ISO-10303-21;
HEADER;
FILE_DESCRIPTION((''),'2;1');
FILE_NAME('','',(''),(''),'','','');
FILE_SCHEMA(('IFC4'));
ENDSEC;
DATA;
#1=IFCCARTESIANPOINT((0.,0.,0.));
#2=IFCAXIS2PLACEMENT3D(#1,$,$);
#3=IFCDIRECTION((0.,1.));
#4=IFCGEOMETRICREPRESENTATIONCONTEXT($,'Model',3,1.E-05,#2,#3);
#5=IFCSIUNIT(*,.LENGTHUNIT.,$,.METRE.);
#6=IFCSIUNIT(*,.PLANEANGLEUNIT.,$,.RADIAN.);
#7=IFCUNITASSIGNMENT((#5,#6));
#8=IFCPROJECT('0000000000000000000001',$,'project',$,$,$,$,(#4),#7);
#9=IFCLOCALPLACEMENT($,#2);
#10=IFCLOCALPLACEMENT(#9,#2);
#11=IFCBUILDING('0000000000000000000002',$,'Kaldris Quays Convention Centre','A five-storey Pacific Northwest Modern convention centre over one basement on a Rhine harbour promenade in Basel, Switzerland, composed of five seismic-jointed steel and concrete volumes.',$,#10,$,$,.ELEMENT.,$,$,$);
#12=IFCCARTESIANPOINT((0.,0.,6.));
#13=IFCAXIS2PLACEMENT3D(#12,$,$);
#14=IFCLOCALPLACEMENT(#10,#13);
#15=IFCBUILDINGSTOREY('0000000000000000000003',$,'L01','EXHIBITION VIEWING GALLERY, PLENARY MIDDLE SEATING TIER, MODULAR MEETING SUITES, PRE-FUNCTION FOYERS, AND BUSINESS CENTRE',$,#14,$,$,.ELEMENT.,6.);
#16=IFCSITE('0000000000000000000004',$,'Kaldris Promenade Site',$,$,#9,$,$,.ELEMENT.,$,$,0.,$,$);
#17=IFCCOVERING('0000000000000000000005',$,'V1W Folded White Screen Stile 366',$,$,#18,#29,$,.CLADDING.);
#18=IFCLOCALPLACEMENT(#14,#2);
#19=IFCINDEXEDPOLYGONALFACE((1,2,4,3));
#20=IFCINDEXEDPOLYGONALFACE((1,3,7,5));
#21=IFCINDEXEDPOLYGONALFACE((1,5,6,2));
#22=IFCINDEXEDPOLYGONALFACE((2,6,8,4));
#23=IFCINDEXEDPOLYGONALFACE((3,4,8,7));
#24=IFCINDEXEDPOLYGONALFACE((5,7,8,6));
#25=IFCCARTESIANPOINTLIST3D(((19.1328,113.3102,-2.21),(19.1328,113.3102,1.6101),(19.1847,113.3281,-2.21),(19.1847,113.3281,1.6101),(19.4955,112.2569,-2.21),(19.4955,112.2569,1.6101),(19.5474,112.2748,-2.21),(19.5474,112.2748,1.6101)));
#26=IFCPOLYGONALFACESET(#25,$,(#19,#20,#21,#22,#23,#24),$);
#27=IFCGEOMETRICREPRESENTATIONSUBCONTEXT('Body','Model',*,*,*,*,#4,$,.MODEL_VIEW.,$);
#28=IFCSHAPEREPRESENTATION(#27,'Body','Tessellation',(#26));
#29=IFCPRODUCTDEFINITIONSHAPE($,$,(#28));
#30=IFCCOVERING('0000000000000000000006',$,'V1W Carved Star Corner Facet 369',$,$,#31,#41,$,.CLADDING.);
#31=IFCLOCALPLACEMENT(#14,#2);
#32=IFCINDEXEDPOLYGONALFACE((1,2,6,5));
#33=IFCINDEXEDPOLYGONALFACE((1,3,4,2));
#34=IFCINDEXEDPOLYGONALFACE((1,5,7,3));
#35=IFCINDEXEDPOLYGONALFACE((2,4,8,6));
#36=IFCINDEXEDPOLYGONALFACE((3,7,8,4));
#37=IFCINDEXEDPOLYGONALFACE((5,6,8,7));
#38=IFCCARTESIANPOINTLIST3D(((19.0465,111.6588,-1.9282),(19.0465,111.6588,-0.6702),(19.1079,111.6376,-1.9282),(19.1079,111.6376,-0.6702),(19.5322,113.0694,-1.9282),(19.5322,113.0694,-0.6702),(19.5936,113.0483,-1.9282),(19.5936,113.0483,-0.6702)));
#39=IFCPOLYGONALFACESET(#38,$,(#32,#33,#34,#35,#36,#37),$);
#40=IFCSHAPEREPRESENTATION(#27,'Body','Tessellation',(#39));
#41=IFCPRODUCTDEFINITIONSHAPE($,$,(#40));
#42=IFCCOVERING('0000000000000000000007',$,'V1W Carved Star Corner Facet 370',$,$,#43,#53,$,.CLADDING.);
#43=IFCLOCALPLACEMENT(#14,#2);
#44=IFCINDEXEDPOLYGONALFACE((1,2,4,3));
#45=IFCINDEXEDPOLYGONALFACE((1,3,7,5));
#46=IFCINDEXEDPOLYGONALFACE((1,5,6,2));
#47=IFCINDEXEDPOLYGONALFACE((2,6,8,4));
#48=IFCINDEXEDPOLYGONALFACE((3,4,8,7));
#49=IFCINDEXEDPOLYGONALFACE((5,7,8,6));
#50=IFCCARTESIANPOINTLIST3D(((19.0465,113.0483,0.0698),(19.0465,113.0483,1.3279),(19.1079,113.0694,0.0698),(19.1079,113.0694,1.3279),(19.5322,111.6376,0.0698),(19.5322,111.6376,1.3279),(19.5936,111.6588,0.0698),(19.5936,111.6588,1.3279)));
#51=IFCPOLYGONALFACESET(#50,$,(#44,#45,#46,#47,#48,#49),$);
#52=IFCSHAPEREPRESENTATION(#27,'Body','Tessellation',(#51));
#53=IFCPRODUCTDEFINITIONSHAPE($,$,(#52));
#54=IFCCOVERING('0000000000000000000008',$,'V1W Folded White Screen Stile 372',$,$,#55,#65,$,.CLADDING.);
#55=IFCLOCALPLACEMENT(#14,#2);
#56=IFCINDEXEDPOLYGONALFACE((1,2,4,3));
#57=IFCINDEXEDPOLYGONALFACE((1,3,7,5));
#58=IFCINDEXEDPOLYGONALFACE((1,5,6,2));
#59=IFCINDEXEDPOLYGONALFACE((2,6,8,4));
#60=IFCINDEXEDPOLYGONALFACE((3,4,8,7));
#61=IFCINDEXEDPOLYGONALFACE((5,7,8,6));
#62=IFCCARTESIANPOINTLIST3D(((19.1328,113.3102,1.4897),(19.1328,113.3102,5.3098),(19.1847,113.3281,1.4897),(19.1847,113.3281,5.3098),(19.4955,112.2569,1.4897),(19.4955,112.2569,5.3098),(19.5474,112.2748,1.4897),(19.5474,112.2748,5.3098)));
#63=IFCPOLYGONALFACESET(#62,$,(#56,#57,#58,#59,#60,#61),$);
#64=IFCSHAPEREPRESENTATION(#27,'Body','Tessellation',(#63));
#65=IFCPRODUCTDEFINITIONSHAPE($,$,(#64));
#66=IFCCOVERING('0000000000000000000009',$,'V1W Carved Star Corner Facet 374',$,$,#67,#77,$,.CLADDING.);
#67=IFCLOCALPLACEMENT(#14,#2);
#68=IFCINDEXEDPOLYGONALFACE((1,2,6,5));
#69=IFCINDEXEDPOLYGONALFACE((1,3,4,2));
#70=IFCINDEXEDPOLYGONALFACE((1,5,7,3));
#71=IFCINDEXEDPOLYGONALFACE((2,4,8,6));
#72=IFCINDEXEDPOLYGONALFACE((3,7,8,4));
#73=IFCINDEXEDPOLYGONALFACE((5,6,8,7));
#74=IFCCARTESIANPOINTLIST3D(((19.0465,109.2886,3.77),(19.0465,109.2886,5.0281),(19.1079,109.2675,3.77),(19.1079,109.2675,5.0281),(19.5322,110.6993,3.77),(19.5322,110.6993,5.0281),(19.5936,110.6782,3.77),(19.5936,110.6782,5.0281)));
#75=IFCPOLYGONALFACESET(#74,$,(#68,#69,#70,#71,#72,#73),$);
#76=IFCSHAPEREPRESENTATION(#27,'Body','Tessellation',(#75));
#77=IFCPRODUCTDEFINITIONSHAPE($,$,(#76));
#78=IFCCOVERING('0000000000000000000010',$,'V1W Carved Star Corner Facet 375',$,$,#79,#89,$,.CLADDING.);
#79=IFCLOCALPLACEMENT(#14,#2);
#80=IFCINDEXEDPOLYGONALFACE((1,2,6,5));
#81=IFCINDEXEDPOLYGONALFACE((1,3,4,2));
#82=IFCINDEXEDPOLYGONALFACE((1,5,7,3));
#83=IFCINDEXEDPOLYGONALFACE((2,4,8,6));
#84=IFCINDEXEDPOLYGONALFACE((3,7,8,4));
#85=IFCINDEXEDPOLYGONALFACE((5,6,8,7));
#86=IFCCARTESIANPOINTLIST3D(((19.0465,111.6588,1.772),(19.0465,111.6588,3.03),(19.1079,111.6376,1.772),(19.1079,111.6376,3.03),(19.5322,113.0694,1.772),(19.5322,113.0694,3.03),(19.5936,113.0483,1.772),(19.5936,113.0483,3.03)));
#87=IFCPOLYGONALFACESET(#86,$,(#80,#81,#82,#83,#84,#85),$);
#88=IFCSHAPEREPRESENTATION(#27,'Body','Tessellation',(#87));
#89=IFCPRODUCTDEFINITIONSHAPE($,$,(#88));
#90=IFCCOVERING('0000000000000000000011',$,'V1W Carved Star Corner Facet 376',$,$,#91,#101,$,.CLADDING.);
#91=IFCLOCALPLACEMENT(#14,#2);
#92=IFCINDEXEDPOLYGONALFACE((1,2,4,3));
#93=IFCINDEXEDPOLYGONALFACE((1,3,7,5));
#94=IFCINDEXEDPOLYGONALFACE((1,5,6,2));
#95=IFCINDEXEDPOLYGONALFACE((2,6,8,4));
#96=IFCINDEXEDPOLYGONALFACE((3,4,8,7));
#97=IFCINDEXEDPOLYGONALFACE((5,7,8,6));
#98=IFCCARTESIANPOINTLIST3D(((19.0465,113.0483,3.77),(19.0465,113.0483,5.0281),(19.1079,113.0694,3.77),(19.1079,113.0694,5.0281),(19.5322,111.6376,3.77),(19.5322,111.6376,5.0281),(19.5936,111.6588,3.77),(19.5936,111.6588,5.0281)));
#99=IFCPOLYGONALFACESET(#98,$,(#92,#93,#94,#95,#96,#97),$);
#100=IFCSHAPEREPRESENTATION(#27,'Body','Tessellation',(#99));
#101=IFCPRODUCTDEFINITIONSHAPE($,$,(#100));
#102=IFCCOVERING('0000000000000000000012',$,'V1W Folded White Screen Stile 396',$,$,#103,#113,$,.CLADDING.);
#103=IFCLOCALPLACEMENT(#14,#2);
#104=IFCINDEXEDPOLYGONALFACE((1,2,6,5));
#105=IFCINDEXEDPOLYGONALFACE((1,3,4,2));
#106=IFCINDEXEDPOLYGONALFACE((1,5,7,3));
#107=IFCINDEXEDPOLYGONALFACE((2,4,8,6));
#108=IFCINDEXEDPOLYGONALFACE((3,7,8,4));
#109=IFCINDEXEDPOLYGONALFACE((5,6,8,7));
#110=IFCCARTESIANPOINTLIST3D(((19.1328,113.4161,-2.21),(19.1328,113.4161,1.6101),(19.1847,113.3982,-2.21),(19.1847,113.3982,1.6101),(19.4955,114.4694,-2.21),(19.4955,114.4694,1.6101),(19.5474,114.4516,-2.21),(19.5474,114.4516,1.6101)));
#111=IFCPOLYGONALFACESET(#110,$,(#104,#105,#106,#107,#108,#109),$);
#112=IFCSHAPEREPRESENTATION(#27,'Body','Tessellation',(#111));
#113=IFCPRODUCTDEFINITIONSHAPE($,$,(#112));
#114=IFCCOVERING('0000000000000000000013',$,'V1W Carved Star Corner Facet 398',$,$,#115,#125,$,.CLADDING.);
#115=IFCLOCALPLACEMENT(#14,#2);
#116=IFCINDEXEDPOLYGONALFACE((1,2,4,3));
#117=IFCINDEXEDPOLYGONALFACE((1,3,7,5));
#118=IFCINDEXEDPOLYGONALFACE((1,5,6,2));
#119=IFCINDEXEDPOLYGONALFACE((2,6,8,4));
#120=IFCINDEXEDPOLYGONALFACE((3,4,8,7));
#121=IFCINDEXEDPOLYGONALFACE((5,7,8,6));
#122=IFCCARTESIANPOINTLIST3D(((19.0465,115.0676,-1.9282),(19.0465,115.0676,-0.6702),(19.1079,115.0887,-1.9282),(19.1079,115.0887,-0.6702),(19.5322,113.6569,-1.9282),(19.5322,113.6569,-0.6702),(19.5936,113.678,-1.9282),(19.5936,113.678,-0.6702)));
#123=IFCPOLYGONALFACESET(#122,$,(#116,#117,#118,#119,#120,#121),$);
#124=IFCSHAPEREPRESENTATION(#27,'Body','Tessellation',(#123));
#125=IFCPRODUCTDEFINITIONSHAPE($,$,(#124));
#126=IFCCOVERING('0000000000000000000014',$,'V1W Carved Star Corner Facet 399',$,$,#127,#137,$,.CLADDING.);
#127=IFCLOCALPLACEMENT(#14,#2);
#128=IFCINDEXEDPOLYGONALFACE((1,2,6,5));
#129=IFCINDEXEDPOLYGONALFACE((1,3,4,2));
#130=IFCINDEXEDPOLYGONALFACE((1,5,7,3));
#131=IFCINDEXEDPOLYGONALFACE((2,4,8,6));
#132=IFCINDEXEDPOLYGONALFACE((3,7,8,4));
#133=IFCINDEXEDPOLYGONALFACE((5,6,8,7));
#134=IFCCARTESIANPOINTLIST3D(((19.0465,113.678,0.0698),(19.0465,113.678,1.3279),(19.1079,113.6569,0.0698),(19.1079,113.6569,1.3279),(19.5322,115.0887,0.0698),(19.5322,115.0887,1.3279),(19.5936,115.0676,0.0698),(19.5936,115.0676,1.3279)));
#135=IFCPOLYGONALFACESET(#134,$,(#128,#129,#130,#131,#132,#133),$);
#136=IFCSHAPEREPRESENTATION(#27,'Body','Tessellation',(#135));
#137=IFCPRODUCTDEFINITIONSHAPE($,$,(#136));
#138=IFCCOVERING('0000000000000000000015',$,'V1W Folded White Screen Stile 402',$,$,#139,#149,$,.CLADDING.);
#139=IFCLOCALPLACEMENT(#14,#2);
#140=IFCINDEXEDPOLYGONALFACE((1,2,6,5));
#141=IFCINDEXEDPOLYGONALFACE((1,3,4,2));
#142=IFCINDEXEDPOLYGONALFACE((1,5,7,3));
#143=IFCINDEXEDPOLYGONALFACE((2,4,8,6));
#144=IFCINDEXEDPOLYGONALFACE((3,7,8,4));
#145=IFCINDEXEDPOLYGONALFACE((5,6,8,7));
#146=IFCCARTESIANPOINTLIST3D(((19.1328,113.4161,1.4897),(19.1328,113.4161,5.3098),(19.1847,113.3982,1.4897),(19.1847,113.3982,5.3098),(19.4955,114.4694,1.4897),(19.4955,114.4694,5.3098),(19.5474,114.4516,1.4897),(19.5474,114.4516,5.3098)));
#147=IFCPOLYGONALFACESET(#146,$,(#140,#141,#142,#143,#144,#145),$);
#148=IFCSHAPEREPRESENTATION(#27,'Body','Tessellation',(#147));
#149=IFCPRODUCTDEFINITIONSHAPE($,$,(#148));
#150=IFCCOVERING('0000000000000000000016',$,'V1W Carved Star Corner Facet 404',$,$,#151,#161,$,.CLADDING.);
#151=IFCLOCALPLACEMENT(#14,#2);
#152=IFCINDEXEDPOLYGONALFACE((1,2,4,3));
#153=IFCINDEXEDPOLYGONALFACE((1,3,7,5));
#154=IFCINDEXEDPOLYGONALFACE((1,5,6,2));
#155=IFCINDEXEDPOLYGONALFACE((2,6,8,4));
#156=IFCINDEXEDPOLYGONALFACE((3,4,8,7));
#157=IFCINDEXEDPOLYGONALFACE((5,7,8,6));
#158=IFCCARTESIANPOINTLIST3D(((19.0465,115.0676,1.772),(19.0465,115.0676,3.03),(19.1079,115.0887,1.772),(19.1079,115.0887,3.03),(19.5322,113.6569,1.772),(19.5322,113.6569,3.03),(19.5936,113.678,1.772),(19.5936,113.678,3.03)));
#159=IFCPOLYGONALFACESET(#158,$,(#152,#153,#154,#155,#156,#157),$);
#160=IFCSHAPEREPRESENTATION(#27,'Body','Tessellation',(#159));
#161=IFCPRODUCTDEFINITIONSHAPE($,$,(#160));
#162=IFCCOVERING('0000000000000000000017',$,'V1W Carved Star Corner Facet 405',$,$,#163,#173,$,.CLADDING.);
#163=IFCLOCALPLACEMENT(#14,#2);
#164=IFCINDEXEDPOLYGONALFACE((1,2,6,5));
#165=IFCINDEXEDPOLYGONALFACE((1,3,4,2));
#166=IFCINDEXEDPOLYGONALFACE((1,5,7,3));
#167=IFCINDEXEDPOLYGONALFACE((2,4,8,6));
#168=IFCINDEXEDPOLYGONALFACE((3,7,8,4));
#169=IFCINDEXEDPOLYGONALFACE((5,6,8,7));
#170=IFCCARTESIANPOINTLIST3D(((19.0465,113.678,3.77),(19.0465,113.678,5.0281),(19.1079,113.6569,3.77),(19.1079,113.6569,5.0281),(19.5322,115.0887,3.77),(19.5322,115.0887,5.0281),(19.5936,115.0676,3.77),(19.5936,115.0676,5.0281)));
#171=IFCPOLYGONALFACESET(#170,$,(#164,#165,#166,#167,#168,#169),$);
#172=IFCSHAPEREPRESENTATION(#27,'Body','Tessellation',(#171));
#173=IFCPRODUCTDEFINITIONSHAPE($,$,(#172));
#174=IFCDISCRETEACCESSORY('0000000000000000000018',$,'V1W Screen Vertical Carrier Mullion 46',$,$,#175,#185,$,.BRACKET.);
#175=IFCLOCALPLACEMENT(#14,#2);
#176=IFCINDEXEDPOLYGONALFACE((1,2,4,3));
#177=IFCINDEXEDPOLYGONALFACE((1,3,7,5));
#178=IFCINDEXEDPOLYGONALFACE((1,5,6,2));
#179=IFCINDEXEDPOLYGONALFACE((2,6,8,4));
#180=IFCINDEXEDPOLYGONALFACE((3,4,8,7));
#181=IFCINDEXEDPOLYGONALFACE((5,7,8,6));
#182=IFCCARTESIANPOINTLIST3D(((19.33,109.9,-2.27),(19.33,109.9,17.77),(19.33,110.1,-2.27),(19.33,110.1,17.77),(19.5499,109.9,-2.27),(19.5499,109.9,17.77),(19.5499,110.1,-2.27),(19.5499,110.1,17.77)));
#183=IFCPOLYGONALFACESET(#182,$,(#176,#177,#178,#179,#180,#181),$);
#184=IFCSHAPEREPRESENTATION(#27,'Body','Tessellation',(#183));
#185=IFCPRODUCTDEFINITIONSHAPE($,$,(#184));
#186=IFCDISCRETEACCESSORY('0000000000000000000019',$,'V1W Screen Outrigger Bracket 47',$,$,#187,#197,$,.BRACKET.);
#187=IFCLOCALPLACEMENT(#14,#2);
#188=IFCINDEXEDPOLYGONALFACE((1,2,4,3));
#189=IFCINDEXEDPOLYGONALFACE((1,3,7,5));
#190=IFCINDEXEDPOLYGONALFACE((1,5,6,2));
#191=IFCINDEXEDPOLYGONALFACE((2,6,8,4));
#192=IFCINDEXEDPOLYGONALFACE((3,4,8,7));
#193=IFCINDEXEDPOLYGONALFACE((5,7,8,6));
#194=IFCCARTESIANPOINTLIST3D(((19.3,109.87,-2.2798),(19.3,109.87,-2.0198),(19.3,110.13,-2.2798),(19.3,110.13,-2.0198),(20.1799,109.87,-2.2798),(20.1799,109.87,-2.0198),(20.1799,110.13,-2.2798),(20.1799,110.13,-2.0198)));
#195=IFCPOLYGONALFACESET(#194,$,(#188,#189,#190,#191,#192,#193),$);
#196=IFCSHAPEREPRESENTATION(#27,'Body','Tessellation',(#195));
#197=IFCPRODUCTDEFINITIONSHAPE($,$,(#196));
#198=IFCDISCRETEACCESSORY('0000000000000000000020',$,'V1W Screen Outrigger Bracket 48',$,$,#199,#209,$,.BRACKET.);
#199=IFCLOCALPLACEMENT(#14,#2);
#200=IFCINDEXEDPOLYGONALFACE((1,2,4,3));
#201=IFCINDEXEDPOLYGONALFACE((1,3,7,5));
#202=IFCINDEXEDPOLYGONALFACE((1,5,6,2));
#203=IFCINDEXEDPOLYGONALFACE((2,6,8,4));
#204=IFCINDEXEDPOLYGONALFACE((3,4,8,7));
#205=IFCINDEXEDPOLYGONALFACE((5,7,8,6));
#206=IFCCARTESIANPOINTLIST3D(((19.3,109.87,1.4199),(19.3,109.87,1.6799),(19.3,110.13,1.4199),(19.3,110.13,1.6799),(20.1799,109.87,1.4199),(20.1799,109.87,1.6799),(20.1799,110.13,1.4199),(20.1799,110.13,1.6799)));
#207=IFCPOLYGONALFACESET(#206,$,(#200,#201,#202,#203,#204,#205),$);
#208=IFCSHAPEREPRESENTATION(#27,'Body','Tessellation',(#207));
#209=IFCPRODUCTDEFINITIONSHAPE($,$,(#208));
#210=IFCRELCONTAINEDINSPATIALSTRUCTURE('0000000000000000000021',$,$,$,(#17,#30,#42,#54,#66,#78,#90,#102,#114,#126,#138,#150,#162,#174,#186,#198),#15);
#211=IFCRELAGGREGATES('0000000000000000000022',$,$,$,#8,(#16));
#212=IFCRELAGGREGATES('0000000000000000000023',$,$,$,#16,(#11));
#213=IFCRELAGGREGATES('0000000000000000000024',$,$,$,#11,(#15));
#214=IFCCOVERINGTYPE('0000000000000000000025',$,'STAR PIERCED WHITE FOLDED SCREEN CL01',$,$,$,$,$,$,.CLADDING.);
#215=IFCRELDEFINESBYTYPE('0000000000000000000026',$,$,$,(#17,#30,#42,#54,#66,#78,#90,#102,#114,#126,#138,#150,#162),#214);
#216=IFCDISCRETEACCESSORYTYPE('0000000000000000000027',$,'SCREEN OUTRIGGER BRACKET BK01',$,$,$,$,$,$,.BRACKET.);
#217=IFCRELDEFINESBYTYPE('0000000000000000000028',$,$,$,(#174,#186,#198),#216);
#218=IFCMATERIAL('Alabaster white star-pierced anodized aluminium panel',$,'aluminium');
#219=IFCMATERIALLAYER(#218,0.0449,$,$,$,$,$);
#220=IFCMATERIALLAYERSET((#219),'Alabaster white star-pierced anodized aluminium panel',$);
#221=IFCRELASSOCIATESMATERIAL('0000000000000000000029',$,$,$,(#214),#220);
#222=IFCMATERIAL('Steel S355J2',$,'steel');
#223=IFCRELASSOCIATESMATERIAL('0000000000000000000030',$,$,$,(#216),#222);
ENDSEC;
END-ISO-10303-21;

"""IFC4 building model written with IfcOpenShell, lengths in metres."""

from ifc_helpers import new_model, si_unit, direction, frame, origin, origin_2d, place, context, subcontext, project, spatial, rectangle, extrude, material, layer, layer_set, type_object, element, save


model = new_model("IFC4")

# Units and contexts
model_context = context("Model", 3, precision=1e-05, world=origin(), true_north=direction((0.0, 1.0)))
body_context = subcontext(model_context, "Body", "Model", "MODEL_VIEW")
ifc_project = project(units=[si_unit("LENGTHUNIT", "METRE"), si_unit("PLANEANGLEUNIT", "RADIAN")], contexts=[model_context])

# Site, building, storey
site_placement = place(None, origin())
site = spatial("IfcSite", under=ifc_project, at=site_placement, Name="Kaldris Promenade Site", CompositionType="ELEMENT", RefElevation=0.0)
building_placement = place(site_placement, origin())
building = spatial("IfcBuilding", under=site, at=building_placement, Name="Kaldris Quays Convention Centre", Description="A five-storey Pacific Northwest Modern convention centre over one basement on a Rhine harbour promenade in Basel, Switzerland, composed of five seismic-jointed steel and concrete volumes.", CompositionType="ELEMENT")
storey_placement = place(building_placement, frame((0.0, 0.0, 6.0)))
storey = spatial("IfcBuildingStorey", under=building, at=storey_placement, Name="L01", Description="EXHIBITION VIEWING GALLERY, PLENARY MIDDLE SEATING TIER, MODULAR MEETING SUITES, PRE-FUNCTION FOYERS, AND BUSINESS CENTRE", CompositionType="ELEMENT", Elevation=6.0)

# Shared definitions
ifc_material_1 = material(Name="Steel S355J2", Category="steel")

# Coverings
ifc_material_2 = material(Name="Alabaster white star-pierced anodized aluminium panel", Category="aluminium")
ifc_layer_1 = layer(ifc_material_2, 0.0449)
ifc_layer_set_1 = layer_set([ifc_layer_1], Name="Alabaster white star-pierced anodized aluminium panel")
covering_type = type_object("IfcCoveringType", Name="STAR PIERCED WHITE FOLDED SCREEN CL01", PredefinedType="CLADDING", material=ifc_layer_set_1)
covering_1_placement = place(storey_placement, frame((19.3401, 112.7925, -2.21), z_axis=(0.0, 0.0, 1.0), x_axis=(-0.325568, 0.945519, 0.0)))
element("IfcCovering", 1, at=covering_1_placement, inside=storey, type_object=covering_type, Name="V1W Folded White Screen Stile 366", PredefinedType="CLADDING", context=body_context, shape_type="SweptSolid", body=[
    extrude(rectangle(XDim=1.114, YDim=0.0549, at=origin_2d()), origin(), (0.0, 0.0, 1.0), 3.8201),
])
for number, where, z_axis, x_axis, name in (
    (2, (19.3201, 112.3535, -1.9282), (0.0, 0.0, 1.0), (0.325568, 0.945519, 0.0), "V1W Carved Star Corner Facet 369"),
    (3, (19.3201, 112.3535, 0.0698), (0.0, 0.0, 1.0), (-0.325568, 0.945519, 0.0), "V1W Carved Star Corner Facet 370"),
):
    element("IfcCovering", number, at=place(storey_placement, frame(where, z_axis=z_axis, x_axis=x_axis)), inside=storey, type_object=covering_type, Name=name, PredefinedType="CLADDING", context=body_context, shape_type="SweptSolid", body=[
        extrude(rectangle(XDim=1.4919, YDim=0.0649, at=origin_2d()), origin(), (0.0, 0.0, 1.0), 1.2581),
    ])
covering_2_placement = place(storey_placement, frame((19.3401, 112.7925, 1.4897), z_axis=(0.0, 0.0, 1.0), x_axis=(-0.325568, 0.945519, 0.0)))
element("IfcCovering", 4, at=covering_2_placement, inside=storey, type_object=covering_type, Name="V1W Folded White Screen Stile 372", PredefinedType="CLADDING", context=body_context, shape_type="SweptSolid", body=[
    extrude(rectangle(XDim=1.114, YDim=0.0549, at=origin_2d()), origin(), (0.0, 0.0, 1.0), 3.8201),
])
for number, where, z_axis, x_axis, name in (
    (5, (19.3201, 109.9834, 3.77), (0.0, 0.0, 1.0), (0.325568, 0.945519, 0.0), "V1W Carved Star Corner Facet 374"),
    (6, (19.3201, 112.3535, 1.772), (0.0, 0.0, 1.0), (0.325568, 0.945519, 0.0), "V1W Carved Star Corner Facet 375"),
    (7, (19.3201, 112.3535, 3.77), (0.0, 0.0, 1.0), (-0.325568, 0.945519, 0.0), "V1W Carved Star Corner Facet 376"),
):
    element("IfcCovering", number, at=place(storey_placement, frame(where, z_axis=z_axis, x_axis=x_axis)), inside=storey, type_object=covering_type, Name=name, PredefinedType="CLADDING", context=body_context, shape_type="SweptSolid", body=[
        extrude(rectangle(XDim=1.4919, YDim=0.0649, at=origin_2d()), origin(), (0.0, 0.0, 1.0), 1.2581),
    ])
covering_3_placement = place(storey_placement, frame((19.3401, 113.9338, -2.21), z_axis=(0.0, 0.0, 1.0), x_axis=(0.325568, 0.945519, 0.0)))
element("IfcCovering", 8, at=covering_3_placement, inside=storey, type_object=covering_type, Name="V1W Folded White Screen Stile 396", PredefinedType="CLADDING", context=body_context, shape_type="SweptSolid", body=[
    extrude(rectangle(XDim=1.114, YDim=0.0549, at=origin_2d()), origin(), (0.0, 0.0, 1.0), 3.8201),
])
for number, where, z_axis, x_axis, name in (
    (9, (19.3201, 114.3728, -1.9282), (0.0, 0.0, 1.0), (-0.325568, 0.945519, 0.0), "V1W Carved Star Corner Facet 398"),
    (10, (19.3201, 114.3728, 0.0698), (0.0, 0.0, 1.0), (0.325568, 0.945519, 0.0), "V1W Carved Star Corner Facet 399"),
):
    element("IfcCovering", number, at=place(storey_placement, frame(where, z_axis=z_axis, x_axis=x_axis)), inside=storey, type_object=covering_type, Name=name, PredefinedType="CLADDING", context=body_context, shape_type="SweptSolid", body=[
        extrude(rectangle(XDim=1.4919, YDim=0.0649, at=origin_2d()), origin(), (0.0, 0.0, 1.0), 1.2581),
    ])
covering_4_placement = place(storey_placement, frame((19.3401, 113.9338, 1.4897), z_axis=(0.0, 0.0, 1.0), x_axis=(0.325568, 0.945519, 0.0)))
element("IfcCovering", 11, at=covering_4_placement, inside=storey, type_object=covering_type, Name="V1W Folded White Screen Stile 402", PredefinedType="CLADDING", context=body_context, shape_type="SweptSolid", body=[
    extrude(rectangle(XDim=1.114, YDim=0.0549, at=origin_2d()), origin(), (0.0, 0.0, 1.0), 3.8201),
])
for number, where, z_axis, x_axis, name in (
    (12, (19.3201, 114.3728, 1.772), (0.0, 0.0, 1.0), (-0.325568, 0.945519, 0.0), "V1W Carved Star Corner Facet 404"),
    (13, (19.3201, 114.3728, 3.77), (0.0, 0.0, 1.0), (0.325568, 0.945519, 0.0), "V1W Carved Star Corner Facet 405"),
):
    element("IfcCovering", number, at=place(storey_placement, frame(where, z_axis=z_axis, x_axis=x_axis)), inside=storey, type_object=covering_type, Name=name, PredefinedType="CLADDING", context=body_context, shape_type="SweptSolid", body=[
        extrude(rectangle(XDim=1.4919, YDim=0.0649, at=origin_2d()), origin(), (0.0, 0.0, 1.0), 1.2581),
    ])

# Discrete accessories
discrete_accessory_type = type_object("IfcDiscreteAccessoryType", Name="SCREEN OUTRIGGER BRACKET BK01", PredefinedType="BRACKET", material=ifc_material_1)
discrete_accessory_1_placement = place(storey_placement, frame((19.4399, 110.0, -2.27), z_axis=(0.0, 0.0, 1.0), x_axis=(0.0, 1.0, 0.0)))
element("IfcDiscreteAccessory", 14, at=discrete_accessory_1_placement, inside=storey, type_object=discrete_accessory_type, Name="V1W Screen Vertical Carrier Mullion 46", PredefinedType="BRACKET", context=body_context, shape_type="SweptSolid", body=[
    extrude(rectangle(XDim=0.2, YDim=0.22, at=origin_2d()), origin(), (0.0, 0.0, 1.0), 20.04),
])
for number, where, z_axis, x_axis, name in (
    (15, (19.74, 110.0, -2.2798), (0.0, 0.0, 1.0), (0.0, 1.0, 0.0), "V1W Screen Outrigger Bracket 47"),
    (16, (19.74, 110.0, 1.4199), (0.0, 0.0, 1.0), (0.0, 1.0, 0.0), "V1W Screen Outrigger Bracket 48"),
):
    element("IfcDiscreteAccessory", number, at=place(storey_placement, frame(where, z_axis=z_axis, x_axis=x_axis)), inside=storey, type_object=discrete_accessory_type, Name=name, PredefinedType="BRACKET", context=body_context, shape_type="SweptSolid", body=[
        extrude(rectangle(XDim=0.26, YDim=0.8799, at=origin_2d()), origin(), (0.0, 0.0, 1.0), 0.26),
    ])

save(model, "model.ifc")
